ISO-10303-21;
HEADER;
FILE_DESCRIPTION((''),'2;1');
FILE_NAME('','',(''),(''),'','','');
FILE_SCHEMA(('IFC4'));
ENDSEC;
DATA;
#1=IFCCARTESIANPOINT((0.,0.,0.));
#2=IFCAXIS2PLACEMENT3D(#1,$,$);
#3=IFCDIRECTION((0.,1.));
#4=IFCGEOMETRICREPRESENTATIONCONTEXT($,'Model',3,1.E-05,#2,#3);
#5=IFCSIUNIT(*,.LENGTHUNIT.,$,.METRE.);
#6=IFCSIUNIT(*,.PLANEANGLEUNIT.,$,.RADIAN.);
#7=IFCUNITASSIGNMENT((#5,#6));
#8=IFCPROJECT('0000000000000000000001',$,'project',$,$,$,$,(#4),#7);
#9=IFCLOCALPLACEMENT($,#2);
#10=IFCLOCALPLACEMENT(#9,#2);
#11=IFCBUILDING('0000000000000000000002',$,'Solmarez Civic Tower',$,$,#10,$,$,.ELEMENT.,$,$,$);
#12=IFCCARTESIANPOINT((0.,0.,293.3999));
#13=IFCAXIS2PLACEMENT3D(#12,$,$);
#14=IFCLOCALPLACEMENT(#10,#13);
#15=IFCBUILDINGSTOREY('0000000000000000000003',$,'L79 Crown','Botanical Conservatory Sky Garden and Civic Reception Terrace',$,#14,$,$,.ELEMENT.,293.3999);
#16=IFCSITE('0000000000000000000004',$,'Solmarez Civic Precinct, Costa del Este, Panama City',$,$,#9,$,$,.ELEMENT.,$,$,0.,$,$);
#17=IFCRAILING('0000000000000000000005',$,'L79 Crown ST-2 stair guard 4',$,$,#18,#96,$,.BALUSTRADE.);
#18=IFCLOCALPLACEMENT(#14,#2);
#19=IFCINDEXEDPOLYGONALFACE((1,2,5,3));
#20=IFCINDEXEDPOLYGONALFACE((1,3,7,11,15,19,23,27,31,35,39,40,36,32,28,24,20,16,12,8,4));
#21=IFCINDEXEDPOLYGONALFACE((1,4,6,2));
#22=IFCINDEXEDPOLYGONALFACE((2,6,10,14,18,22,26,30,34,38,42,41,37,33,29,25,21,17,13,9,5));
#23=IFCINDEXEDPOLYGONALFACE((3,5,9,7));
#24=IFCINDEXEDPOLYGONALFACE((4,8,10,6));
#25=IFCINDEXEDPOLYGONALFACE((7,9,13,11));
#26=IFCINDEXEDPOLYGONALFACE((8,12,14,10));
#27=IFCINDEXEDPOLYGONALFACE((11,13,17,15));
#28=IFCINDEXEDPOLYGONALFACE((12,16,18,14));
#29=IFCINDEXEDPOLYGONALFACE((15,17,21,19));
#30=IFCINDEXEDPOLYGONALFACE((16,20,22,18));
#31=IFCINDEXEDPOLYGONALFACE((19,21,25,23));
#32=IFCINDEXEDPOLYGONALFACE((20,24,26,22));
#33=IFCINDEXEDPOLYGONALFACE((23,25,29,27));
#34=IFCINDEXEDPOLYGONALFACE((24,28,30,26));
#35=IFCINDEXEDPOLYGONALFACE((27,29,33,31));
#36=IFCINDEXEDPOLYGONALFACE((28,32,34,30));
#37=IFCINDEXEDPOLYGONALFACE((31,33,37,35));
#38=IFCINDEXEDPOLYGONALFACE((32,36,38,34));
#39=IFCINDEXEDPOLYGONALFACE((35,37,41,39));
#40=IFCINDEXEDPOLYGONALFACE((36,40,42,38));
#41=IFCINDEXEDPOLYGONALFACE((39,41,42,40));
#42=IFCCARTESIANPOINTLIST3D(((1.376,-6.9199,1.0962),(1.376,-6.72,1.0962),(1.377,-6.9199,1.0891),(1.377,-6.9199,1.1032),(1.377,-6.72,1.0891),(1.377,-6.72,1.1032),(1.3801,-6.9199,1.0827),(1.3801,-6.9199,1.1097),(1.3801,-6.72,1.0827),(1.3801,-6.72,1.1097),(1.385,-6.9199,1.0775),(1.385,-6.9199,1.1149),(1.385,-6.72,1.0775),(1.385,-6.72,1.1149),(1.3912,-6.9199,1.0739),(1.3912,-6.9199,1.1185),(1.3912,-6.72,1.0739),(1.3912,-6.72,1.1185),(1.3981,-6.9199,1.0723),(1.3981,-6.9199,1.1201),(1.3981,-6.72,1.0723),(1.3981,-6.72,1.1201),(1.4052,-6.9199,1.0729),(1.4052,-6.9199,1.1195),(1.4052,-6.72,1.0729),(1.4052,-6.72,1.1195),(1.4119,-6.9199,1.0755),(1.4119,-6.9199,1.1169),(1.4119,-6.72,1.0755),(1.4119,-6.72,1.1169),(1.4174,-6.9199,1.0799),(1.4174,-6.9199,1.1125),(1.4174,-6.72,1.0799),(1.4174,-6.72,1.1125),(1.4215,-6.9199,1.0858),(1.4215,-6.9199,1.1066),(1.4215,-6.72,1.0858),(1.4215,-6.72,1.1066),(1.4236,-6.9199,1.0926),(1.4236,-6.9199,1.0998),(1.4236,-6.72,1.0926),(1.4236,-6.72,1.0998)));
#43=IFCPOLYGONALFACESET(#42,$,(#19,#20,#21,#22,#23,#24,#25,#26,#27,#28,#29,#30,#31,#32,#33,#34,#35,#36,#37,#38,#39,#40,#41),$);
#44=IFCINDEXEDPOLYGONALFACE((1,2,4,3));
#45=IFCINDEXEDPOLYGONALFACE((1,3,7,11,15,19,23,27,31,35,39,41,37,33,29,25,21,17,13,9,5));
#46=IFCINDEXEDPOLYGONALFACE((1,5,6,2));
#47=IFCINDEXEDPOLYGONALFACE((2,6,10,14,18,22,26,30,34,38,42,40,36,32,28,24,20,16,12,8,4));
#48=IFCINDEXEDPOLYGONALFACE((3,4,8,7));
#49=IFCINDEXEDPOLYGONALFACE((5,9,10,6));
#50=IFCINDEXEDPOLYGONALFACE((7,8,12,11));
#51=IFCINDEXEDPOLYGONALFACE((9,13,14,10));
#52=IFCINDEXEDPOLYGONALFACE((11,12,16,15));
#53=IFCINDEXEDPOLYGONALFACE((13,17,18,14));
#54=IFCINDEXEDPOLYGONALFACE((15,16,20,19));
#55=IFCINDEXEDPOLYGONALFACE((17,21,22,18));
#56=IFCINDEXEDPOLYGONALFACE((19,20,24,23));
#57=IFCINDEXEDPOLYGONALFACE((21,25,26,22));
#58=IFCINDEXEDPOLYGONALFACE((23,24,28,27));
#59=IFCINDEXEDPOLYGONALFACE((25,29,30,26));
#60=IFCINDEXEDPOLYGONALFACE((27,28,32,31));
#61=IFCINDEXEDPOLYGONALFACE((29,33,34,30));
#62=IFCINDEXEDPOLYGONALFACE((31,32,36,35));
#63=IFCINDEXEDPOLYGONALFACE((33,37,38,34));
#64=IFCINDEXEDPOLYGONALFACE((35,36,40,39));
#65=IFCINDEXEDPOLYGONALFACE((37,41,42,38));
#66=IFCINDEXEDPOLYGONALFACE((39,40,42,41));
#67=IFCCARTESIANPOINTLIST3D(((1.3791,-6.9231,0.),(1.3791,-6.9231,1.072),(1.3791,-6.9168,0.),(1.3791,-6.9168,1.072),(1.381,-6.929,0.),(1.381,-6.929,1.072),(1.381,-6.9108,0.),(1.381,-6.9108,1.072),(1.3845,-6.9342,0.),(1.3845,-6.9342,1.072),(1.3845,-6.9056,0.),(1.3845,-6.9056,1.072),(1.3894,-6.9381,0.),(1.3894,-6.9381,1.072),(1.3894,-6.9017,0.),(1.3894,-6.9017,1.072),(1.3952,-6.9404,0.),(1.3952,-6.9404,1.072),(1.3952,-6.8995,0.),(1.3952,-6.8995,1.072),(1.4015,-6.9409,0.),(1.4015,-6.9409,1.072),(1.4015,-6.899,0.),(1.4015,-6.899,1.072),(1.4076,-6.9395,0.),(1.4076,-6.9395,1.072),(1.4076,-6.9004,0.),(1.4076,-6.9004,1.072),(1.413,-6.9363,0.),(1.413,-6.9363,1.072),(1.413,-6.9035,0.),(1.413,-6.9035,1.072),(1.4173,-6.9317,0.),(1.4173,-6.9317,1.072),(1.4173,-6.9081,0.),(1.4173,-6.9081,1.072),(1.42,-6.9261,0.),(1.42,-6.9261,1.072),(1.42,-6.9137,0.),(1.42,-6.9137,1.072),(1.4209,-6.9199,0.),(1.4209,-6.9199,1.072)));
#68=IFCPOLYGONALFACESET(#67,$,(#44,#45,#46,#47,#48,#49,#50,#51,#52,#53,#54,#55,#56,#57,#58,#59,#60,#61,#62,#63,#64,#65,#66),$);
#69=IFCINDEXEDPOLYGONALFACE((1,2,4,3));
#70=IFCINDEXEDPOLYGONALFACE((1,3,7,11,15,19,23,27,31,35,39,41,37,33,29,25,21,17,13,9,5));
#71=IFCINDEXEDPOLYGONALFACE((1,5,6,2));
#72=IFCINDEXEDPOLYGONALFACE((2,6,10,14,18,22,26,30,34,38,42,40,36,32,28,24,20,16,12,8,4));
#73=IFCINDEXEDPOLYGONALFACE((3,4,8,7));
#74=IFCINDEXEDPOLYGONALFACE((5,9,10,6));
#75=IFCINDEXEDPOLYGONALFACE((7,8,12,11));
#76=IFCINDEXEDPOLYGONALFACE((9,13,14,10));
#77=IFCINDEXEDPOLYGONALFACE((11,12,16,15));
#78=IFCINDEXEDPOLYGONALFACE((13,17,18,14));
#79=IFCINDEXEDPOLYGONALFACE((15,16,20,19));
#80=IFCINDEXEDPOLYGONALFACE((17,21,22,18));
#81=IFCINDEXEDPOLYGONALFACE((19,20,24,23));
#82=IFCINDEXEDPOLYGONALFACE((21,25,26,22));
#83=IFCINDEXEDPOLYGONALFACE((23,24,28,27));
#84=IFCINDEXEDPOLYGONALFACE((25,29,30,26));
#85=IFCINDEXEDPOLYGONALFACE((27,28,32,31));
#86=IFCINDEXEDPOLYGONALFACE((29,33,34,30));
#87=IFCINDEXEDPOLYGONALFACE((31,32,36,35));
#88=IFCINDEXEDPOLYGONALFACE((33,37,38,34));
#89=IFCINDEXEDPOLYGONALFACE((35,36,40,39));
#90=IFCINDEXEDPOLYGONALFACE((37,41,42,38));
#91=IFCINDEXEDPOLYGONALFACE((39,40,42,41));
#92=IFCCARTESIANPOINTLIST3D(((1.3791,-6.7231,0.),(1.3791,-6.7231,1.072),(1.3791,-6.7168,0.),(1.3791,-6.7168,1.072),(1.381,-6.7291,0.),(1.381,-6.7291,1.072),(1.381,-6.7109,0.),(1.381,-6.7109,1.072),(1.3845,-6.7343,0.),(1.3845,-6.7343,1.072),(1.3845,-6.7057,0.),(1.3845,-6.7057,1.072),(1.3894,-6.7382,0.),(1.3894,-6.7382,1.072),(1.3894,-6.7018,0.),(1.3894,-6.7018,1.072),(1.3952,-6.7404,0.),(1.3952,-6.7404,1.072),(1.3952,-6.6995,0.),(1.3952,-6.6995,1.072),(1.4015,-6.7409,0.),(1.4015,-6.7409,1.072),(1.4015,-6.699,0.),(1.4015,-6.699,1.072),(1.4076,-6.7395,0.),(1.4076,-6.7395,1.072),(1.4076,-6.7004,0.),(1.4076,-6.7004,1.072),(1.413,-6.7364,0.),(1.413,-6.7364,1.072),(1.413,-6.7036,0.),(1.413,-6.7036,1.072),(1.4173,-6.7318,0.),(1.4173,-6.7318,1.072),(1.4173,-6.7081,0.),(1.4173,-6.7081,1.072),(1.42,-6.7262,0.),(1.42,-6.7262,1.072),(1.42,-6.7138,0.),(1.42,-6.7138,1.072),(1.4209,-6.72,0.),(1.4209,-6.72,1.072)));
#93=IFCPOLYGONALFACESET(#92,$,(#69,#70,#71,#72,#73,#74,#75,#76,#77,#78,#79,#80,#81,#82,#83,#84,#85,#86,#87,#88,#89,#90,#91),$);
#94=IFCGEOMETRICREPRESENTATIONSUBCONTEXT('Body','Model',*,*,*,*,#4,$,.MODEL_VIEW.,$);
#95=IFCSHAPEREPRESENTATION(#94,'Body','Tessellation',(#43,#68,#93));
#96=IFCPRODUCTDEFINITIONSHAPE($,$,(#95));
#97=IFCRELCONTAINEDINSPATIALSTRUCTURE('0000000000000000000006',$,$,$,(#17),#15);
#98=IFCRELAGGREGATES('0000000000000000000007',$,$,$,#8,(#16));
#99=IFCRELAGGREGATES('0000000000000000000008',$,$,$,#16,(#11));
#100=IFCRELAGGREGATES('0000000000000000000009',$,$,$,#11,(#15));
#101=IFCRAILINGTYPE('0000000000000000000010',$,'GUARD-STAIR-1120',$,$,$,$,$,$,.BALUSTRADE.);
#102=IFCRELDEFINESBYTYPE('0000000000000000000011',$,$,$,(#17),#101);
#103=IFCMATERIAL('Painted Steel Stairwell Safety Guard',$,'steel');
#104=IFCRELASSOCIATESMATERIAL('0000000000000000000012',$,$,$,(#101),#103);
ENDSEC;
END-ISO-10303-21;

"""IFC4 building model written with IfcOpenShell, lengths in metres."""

from ifc_helpers import new_model, si_unit, direction, frame, origin, origin_2d, place, context, subcontext, project, spatial, circle, extrude, material, type_object, element, save


model = new_model("IFC4")

# Units and contexts
model_context = context("Model", 3, precision=1e-05, world=origin(), true_north=direction((0.0, 1.0)))
body_context = subcontext(model_context, "Body", "Model", "MODEL_VIEW")
ifc_project = project(units=[si_unit("LENGTHUNIT", "METRE"), si_unit("PLANEANGLEUNIT", "RADIAN")], contexts=[model_context])

# Site, building, storey
site_placement = place(None, origin())
site = spatial("IfcSite", under=ifc_project, at=site_placement, Name="Solmarez Civic Precinct, Costa del Este, Panama City", CompositionType="ELEMENT", RefElevation=0.0)
building_placement = place(site_placement, origin())
building = spatial("IfcBuilding", under=site, at=building_placement, Name="Solmarez Civic Tower", CompositionType="ELEMENT")
storey_placement = place(building_placement, frame((0.0, 0.0, 293.3999)))
storey = spatial("IfcBuildingStorey", under=building, at=storey_placement, Name="L79 Crown", Description="Botanical Conservatory Sky Garden and Civic Reception Terrace", CompositionType="ELEMENT", Elevation=293.3999)

# Railing
ifc_material_1 = material(Name="Painted Steel Stairwell Safety Guard", Category="steel")
railing_type_1 = type_object("IfcRailingType", Name="GUARD-STAIR-1120", PredefinedType="BALUSTRADE", material=ifc_material_1)
railing_1_placement = place(storey_placement, frame((1.3999, -6.9199, 0.0)))
element("IfcRailing", 1, at=railing_1_placement, inside=storey, type_object=railing_type_1, Name="L79 Crown ST-2 stair guard 4", PredefinedType="BALUSTRADE", context=body_context, shape_type="SweptSolid", body=[
    extrude(circle(Radius=0.0239, at=origin_2d()), frame((0.0, 0.0, 1.0962), z_axis=(0.0, 1.0, 0.0), x_axis=(-1.0, 0.0, 0.0)), (0.0, 0.0, 1.0), 0.2),
    extrude(circle(Radius=0.021, at=origin_2d()), origin(), (0.0, 0.0, 1.0), 1.072),
    extrude(circle(Radius=0.021, at=origin_2d()), frame((0.0, 0.2, 0.0)), (0.0, 0.0, 1.0), 1.072),
])

save(model, "model.ifc")
